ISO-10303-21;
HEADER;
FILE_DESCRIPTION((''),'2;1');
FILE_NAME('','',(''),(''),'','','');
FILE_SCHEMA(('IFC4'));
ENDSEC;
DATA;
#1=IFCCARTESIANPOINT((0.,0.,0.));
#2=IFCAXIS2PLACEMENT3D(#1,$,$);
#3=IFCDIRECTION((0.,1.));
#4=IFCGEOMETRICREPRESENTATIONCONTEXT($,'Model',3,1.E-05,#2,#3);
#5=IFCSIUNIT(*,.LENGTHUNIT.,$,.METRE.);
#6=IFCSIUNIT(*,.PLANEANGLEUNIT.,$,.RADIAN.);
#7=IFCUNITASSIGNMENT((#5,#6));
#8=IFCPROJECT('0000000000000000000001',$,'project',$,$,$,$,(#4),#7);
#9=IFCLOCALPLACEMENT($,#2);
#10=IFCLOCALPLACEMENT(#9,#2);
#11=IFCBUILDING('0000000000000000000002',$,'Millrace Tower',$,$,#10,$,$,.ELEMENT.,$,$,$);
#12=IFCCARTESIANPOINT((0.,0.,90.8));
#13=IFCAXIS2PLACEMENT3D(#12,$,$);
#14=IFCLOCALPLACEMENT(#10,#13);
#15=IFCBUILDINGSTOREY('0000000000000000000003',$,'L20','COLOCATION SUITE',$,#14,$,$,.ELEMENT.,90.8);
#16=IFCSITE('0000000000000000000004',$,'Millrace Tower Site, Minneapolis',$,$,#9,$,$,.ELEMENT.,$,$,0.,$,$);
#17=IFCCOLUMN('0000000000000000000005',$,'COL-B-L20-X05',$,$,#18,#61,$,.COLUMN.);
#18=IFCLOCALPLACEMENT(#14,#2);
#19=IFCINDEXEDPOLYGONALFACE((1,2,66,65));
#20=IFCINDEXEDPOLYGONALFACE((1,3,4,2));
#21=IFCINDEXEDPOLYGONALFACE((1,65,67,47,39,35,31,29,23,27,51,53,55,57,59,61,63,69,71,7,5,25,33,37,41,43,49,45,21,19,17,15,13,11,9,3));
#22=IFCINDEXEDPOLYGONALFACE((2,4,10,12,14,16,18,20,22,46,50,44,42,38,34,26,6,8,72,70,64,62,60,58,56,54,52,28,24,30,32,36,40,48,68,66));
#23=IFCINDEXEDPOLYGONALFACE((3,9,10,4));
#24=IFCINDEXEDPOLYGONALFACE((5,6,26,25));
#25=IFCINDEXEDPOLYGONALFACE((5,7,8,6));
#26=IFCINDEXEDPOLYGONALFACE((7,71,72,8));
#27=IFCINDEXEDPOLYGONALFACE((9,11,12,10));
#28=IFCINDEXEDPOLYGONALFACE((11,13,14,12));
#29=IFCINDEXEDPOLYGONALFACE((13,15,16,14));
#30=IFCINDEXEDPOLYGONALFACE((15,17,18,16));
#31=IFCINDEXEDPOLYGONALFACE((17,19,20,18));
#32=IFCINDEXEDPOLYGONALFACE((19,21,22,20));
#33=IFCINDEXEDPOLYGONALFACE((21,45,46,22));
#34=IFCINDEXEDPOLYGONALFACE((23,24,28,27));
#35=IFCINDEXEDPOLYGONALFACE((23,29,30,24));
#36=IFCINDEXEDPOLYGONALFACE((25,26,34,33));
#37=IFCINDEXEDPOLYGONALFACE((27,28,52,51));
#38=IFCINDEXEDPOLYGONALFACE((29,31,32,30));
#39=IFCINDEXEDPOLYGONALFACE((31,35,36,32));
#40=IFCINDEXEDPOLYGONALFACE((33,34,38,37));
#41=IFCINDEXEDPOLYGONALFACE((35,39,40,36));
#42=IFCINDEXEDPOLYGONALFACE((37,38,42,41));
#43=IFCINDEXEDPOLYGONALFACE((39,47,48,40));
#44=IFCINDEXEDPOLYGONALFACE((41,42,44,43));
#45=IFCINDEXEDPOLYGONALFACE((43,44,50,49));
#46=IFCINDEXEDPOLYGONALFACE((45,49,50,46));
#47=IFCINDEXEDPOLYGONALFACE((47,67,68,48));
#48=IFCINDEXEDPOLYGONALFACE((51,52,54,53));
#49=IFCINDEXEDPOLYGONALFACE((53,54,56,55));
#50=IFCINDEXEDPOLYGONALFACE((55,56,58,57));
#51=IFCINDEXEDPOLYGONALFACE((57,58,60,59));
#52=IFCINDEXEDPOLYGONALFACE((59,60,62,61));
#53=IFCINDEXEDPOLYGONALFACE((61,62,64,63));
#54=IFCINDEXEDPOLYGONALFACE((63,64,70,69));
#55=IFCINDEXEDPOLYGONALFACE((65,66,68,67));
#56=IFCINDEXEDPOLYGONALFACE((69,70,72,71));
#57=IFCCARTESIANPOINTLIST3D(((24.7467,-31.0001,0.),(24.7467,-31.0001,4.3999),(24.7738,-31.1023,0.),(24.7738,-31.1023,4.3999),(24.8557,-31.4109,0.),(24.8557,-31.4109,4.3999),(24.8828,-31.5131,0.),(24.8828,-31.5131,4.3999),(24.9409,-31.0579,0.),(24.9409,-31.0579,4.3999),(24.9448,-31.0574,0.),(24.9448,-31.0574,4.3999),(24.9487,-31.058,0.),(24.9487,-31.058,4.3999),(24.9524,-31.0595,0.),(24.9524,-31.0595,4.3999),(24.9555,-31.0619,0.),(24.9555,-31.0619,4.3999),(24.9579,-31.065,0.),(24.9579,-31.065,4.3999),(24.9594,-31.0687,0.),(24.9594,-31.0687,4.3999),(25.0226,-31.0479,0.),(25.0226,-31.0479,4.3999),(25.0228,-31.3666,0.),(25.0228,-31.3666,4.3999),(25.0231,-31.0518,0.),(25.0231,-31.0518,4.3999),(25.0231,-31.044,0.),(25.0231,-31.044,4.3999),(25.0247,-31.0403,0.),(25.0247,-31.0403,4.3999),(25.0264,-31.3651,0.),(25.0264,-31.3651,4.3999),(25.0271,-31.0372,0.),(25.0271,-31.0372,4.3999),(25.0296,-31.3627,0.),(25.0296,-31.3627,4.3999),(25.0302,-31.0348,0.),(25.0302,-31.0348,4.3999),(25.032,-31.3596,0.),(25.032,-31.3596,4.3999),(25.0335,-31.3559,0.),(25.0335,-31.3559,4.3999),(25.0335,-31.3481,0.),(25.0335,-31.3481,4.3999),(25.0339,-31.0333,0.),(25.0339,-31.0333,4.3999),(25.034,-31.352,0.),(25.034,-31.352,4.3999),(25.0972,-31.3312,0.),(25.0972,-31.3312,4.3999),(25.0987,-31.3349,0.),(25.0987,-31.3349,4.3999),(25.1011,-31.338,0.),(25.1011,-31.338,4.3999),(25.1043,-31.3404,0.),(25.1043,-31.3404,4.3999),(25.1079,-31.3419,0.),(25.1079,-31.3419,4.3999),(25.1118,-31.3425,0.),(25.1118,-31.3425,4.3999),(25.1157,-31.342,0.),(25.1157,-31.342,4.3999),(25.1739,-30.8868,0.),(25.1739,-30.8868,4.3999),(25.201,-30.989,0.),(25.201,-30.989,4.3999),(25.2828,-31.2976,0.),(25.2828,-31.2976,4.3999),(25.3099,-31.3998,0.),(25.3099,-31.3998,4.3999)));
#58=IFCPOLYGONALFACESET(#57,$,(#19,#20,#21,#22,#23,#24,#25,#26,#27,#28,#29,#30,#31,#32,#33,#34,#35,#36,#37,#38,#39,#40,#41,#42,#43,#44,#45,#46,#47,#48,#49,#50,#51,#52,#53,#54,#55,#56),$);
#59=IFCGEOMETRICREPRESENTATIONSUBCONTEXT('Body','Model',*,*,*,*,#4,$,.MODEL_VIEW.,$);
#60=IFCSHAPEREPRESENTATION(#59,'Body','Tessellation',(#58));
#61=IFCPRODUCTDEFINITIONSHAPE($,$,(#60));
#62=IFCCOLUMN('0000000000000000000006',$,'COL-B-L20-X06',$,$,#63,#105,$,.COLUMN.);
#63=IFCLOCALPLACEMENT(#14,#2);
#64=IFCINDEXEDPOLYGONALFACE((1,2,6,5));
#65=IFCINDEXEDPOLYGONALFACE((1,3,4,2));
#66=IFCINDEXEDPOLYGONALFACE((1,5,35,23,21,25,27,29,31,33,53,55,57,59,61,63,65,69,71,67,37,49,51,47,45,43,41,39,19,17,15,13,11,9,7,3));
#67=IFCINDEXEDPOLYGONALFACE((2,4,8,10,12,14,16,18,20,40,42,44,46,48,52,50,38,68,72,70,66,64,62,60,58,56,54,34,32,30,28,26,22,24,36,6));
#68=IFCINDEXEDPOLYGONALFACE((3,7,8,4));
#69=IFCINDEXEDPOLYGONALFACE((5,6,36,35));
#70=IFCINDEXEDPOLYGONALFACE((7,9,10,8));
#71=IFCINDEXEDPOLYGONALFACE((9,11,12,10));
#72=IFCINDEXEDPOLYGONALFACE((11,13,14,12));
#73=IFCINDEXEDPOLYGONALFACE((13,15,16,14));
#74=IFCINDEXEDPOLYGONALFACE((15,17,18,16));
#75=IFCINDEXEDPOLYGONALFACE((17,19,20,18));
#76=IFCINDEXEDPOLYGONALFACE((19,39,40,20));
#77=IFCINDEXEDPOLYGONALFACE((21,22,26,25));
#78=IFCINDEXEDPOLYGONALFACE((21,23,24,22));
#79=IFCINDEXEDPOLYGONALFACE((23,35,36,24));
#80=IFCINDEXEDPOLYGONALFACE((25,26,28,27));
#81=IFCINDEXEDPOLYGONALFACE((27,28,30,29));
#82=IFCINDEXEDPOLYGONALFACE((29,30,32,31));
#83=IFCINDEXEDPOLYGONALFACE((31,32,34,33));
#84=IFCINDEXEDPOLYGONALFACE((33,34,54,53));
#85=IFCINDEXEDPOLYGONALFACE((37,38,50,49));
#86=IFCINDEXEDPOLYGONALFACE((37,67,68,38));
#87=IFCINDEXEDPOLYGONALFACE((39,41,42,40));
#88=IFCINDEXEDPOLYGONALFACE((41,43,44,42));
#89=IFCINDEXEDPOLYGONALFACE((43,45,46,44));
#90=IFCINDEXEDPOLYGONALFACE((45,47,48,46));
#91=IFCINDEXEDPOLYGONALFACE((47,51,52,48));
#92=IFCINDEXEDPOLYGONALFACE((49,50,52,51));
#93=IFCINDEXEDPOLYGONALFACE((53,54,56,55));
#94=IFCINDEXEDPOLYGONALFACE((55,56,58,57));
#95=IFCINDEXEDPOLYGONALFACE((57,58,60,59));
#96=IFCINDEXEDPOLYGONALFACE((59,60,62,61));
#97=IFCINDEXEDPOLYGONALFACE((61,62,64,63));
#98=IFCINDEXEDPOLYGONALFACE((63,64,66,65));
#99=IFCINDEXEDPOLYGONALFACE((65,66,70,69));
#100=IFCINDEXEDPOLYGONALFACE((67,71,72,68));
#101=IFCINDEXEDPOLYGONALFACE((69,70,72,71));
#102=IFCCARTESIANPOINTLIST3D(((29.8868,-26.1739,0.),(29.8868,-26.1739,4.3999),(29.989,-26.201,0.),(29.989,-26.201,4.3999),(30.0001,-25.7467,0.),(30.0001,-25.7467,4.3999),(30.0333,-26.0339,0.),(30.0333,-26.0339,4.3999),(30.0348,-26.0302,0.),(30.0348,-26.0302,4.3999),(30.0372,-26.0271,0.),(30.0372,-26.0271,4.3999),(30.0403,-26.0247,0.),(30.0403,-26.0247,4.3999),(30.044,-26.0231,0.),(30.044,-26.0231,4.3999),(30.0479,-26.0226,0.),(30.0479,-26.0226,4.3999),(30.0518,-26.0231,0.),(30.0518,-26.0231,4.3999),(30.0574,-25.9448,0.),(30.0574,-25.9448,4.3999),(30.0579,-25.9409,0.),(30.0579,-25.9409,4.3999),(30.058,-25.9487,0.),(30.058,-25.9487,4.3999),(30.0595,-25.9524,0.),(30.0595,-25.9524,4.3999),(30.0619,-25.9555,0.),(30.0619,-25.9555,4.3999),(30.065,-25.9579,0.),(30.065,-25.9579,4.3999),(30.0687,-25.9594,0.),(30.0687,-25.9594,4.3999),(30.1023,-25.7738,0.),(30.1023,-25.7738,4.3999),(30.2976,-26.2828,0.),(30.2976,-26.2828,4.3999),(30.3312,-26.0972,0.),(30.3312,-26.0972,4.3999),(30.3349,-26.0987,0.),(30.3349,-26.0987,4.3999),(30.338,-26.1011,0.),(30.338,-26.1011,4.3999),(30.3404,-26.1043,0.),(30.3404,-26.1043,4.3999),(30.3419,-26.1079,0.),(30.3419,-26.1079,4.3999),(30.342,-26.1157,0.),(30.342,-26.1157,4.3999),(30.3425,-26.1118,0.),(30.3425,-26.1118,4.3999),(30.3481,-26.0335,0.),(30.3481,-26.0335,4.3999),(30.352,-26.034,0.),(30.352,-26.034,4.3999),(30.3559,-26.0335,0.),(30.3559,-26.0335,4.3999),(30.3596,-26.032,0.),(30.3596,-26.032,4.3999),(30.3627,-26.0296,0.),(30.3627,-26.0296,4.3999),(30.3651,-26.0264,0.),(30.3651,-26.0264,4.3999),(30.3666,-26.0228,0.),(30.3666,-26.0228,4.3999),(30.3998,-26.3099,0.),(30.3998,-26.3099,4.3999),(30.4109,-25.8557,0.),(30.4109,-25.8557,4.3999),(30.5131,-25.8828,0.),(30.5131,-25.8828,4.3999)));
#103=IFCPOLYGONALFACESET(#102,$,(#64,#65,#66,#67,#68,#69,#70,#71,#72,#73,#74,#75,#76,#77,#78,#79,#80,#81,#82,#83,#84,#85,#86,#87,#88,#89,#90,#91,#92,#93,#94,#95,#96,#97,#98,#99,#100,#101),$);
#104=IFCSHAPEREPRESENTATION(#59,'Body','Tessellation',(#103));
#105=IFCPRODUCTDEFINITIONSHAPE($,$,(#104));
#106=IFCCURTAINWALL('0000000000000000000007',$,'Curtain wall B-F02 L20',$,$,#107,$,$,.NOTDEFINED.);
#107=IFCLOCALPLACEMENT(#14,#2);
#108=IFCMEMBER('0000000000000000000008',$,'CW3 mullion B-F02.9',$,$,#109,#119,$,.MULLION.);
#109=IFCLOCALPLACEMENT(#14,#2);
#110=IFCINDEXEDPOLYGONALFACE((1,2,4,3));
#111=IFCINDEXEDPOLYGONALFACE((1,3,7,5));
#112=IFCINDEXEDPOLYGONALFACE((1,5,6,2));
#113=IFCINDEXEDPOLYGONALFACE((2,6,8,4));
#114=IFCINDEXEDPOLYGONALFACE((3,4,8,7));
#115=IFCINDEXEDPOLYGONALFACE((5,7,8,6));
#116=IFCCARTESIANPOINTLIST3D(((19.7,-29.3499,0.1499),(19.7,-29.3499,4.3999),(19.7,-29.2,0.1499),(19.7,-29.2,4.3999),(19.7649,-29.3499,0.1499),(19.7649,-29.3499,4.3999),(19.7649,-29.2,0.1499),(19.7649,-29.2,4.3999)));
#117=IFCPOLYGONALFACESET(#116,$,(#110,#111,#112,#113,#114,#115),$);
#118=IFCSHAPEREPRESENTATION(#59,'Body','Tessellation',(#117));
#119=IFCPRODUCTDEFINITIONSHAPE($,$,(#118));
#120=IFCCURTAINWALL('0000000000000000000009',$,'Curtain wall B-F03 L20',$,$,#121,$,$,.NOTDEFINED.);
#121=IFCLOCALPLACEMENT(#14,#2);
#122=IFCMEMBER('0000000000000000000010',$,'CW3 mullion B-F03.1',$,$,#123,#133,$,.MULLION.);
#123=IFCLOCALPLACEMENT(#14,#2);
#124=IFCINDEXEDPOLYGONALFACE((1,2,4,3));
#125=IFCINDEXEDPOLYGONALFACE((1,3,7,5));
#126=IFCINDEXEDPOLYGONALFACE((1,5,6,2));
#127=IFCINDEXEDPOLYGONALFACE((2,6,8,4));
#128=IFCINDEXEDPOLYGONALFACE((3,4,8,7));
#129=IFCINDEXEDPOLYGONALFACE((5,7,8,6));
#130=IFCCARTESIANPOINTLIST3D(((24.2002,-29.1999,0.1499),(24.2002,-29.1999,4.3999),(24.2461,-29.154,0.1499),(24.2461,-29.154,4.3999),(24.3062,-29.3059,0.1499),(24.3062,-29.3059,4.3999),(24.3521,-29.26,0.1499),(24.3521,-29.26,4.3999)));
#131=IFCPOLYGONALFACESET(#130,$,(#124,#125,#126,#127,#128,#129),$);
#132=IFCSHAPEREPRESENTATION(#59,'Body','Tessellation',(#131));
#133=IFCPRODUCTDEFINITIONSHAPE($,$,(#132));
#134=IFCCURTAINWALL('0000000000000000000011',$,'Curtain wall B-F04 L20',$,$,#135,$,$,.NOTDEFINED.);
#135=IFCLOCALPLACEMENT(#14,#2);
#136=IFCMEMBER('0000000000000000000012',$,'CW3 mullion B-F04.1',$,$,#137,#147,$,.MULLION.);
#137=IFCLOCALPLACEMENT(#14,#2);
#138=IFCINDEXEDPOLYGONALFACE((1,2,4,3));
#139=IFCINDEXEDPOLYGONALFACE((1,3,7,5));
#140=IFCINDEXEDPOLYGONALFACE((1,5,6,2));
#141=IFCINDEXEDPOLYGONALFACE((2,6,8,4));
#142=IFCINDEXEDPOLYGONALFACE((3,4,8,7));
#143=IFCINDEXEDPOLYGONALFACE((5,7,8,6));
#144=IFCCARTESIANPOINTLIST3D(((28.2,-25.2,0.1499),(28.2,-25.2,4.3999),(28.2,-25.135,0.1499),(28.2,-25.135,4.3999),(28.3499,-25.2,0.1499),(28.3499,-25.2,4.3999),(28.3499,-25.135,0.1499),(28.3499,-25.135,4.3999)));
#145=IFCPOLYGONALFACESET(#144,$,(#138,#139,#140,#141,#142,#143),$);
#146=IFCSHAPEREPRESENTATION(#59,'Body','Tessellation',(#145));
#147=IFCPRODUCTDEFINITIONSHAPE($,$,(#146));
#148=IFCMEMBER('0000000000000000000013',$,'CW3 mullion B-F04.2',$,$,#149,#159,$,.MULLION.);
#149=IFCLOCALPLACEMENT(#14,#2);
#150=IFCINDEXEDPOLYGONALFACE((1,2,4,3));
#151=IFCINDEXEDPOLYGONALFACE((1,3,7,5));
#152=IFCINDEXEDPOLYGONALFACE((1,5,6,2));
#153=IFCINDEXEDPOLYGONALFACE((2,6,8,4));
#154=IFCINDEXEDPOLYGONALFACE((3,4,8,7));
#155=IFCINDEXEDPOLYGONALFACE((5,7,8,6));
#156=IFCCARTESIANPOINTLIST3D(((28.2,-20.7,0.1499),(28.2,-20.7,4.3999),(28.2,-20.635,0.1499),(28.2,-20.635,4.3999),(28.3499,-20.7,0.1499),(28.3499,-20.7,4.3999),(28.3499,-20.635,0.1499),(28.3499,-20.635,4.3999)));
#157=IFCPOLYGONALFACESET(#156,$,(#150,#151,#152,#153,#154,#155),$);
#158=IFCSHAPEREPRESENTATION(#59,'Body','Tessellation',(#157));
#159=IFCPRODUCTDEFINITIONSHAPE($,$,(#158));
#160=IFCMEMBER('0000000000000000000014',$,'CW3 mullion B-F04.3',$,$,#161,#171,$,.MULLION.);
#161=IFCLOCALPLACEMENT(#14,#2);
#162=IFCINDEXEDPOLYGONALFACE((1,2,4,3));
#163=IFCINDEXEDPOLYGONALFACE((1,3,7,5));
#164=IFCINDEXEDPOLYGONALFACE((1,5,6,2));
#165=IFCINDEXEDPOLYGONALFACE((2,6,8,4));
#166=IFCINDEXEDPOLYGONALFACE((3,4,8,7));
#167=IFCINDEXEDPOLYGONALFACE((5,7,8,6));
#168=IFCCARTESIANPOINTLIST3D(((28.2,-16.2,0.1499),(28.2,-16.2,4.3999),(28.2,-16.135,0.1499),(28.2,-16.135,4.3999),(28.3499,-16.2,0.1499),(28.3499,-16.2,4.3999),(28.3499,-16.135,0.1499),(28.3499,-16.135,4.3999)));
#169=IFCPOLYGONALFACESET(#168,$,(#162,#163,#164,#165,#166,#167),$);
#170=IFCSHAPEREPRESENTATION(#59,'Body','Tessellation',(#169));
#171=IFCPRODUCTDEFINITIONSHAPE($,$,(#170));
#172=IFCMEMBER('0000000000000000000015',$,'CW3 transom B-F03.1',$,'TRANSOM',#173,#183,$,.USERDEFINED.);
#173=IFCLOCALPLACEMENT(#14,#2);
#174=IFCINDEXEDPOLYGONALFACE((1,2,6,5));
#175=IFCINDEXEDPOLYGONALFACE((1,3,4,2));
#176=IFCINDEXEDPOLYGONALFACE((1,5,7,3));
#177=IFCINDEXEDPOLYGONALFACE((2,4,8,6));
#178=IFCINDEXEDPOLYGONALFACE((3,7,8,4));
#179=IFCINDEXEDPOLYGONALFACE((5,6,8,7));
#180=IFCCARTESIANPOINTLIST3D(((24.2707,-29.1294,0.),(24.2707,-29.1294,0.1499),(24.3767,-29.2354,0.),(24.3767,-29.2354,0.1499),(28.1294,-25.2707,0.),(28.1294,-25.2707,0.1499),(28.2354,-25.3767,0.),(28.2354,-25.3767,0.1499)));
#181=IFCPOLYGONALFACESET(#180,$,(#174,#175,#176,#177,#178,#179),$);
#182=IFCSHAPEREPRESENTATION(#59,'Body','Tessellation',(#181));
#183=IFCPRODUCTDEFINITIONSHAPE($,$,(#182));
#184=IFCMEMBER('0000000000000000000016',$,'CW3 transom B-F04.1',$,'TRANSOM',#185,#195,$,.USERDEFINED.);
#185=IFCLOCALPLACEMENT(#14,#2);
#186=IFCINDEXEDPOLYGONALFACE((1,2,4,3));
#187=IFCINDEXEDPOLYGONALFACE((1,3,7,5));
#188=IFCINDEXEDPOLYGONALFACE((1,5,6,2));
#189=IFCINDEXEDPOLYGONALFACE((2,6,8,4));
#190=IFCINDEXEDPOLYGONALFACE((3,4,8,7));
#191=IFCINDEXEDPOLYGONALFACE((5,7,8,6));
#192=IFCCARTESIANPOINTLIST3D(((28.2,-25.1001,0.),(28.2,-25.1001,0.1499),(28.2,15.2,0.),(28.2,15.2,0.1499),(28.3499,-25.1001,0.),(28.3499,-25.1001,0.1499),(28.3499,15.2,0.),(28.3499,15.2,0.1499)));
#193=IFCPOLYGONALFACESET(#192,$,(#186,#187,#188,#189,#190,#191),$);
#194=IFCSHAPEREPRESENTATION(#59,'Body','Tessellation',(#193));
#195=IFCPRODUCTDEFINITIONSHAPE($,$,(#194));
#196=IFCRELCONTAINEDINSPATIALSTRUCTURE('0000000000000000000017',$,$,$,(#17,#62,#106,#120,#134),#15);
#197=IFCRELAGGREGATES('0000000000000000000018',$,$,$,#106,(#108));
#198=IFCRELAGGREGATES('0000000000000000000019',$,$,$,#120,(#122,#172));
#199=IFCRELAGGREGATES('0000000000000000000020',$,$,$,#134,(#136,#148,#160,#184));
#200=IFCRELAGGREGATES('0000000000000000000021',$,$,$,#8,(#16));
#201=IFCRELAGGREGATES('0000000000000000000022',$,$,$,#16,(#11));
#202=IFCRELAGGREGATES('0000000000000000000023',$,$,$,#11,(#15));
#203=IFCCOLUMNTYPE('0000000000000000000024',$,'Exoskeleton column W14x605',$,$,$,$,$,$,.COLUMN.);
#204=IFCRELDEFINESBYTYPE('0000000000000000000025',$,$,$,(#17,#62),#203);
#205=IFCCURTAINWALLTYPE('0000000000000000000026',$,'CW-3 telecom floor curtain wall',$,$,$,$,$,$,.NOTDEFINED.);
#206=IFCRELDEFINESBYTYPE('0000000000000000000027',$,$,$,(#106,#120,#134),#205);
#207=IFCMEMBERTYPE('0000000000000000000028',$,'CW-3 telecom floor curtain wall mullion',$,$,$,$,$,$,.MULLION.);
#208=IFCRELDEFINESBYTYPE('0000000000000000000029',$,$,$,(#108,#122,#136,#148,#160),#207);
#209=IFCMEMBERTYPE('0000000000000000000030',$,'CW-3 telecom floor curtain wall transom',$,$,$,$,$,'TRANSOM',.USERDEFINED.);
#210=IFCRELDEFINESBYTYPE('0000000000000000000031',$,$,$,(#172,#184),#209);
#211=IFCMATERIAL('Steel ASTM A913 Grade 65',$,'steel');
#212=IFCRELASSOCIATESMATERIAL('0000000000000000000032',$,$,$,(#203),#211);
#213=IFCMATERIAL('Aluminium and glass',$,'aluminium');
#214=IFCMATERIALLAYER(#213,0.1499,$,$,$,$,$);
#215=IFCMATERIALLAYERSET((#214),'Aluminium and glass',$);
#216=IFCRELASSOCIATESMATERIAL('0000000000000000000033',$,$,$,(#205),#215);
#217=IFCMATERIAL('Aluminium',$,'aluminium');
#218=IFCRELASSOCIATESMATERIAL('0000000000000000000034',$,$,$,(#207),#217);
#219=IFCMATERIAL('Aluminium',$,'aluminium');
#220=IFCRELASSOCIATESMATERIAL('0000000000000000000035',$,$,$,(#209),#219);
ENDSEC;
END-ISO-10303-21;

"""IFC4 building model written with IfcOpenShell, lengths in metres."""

from ifc_helpers import new_model, si_unit, direction, frame, origin, origin_2d, place, context, subcontext, project, spatial, rectangle, i_section, extrude, material, layer, layer_set, material_profile, profile_set, type_object, element, aggregate, save


model = new_model("IFC4")

# Units and contexts
model_context = context("Model", 3, precision=1e-05, world=origin(), true_north=direction((0.0, 1.0)))
body_context = subcontext(model_context, "Body", "Model", "MODEL_VIEW")
ifc_project = project(units=[si_unit("LENGTHUNIT", "METRE"), si_unit("PLANEANGLEUNIT", "RADIAN")], contexts=[model_context])

# Site, building, storey
site_placement = place(None, origin())
site = spatial("IfcSite", under=ifc_project, at=site_placement, Name="Millrace Tower Site, Minneapolis", CompositionType="ELEMENT", RefElevation=0.0)
building_placement = place(site_placement, origin())
building = spatial("IfcBuilding", under=site, at=building_placement, Name="Millrace Tower", CompositionType="ELEMENT")
storey_placement = place(building_placement, frame((0.0, 0.0, 90.8)))
storey = spatial("IfcBuildingStorey", under=building, at=storey_placement, Name="L20", Description="COLOCATION SUITE", CompositionType="ELEMENT", Elevation=90.8)

# Columns
ifc_material_1 = material(Name="Steel ASTM A913 Grade 65", Category="steel")
ifc_material_profile_1 = material_profile(ifc_material_1, i_section(OverallWidth=0.4419, OverallDepth=0.5308, WebThickness=0.0659, FlangeThickness=0.1057, FilletRadius=0.0151, at=origin_2d()))
ifc_profile_set_1 = profile_set([ifc_material_profile_1], Name="Steel ASTM A913 Grade 65")
column_type = type_object("IfcColumnType", Name="Exoskeleton column W14x605", PredefinedType="COLUMN", material=ifc_profile_set_1)
for number, where, z_axis, x_axis, name in (
    (1, (25.0283, -31.2, 0.0), (0.0, 0.0, 1.0), (0.966585, 0.256347, 0.0), "COL-B-L20-X05"),
    (2, (30.2, -26.0283, 0.0), (0.0, 0.0, 1.0), (0.256347, 0.966585, 0.0), "COL-B-L20-X06"),
):
    element("IfcColumn", number, at=place(storey_placement, frame(where, z_axis=z_axis, x_axis=x_axis)), inside=storey, type_object=column_type, Name=name, PredefinedType="COLUMN", context=body_context, shape_type="SweptSolid", body=[
        extrude(i_section(OverallWidth=0.4419, OverallDepth=0.5308, WebThickness=0.0659, FlangeThickness=0.1057, FilletRadius=0.0151, at=origin_2d()), origin(), (0.0, 0.0, 1.0), 4.3999),
    ])

# Curtain walls, members
ifc_material_2 = material(Name="Aluminium and glass", Category="aluminium")
ifc_layer_1 = layer(ifc_material_2, 0.1499)
ifc_layer_set_1 = layer_set([ifc_layer_1], Name="Aluminium and glass")
curtain_wall_type = type_object("IfcCurtainWallType", Name="CW-3 telecom floor curtain wall", PredefinedType="NOTDEFINED", material=ifc_layer_set_1)
placement = place(storey_placement, origin())
curtain_wall_1 = element("IfcCurtainWall", 3, at=placement, inside=storey, type_object=curtain_wall_type, Name="Curtain wall B-F02 L20", PredefinedType="NOTDEFINED")
ifc_material_3 = material(Name="Aluminium", Category="aluminium")
ifc_material_profile_2 = material_profile(ifc_material_3, rectangle(XDim=0.0649, YDim=0.1499, at=origin_2d()))
ifc_profile_set_2 = profile_set([ifc_material_profile_2], Name="Aluminium")
member_type_1 = type_object("IfcMemberType", Name="CW-3 telecom floor curtain wall mullion", PredefinedType="MULLION", material=ifc_profile_set_2)
member_1_placement = place(storey_placement, frame((19.7324, -29.2749, 0.1499), z_axis=(0.0, 0.0, 1.0), x_axis=(1.0, 0.0, 0.0)))
member_1 = element("IfcMember", 4, at=member_1_placement, type_object=member_type_1, Name="CW3 mullion B-F02.9", PredefinedType="MULLION", context=body_context, shape_type="SweptSolid", body=[
    extrude(rectangle(XDim=0.0649, YDim=0.1499, at=origin_2d()), origin(), (0.0, 0.0, 1.0), 4.25),
])
aggregate(curtain_wall_1, [member_1])
curtain_wall_2 = element("IfcCurtainWall", 5, at=placement, inside=storey, type_object=curtain_wall_type, Name="Curtain wall B-F03 L20", PredefinedType="NOTDEFINED")
member_2_placement = place(storey_placement, frame((24.2761, -29.23, 0.1499), z_axis=(0.0, 0.0, 1.0), x_axis=(0.707107, 0.707107, 0.0)))
member_2 = element("IfcMember", 6, at=member_2_placement, type_object=member_type_1, Name="CW3 mullion B-F03.1", PredefinedType="MULLION", context=body_context, shape_type="SweptSolid", body=[
    extrude(rectangle(XDim=0.0649, YDim=0.1499, at=origin_2d()), origin(), (0.0, 0.0, 1.0), 4.25),
])

# Curtain wall, members
curtain_wall_3 = element("IfcCurtainWall", 7, at=placement, inside=storey, type_object=curtain_wall_type, Name="Curtain wall B-F04 L20", PredefinedType="NOTDEFINED")
member_3_placement = place(storey_placement, frame((28.2749, -25.1675, 0.1499), z_axis=(0.0, 0.0, 1.0), x_axis=(0.0, 1.0, 0.0)))
member_3 = element("IfcMember", 8, at=member_3_placement, type_object=member_type_1, Name="CW3 mullion B-F04.1", PredefinedType="MULLION", context=body_context, shape_type="SweptSolid", body=[
    extrude(rectangle(XDim=0.0649, YDim=0.1499, at=origin_2d()), origin(), (0.0, 0.0, 1.0), 4.25),
])
member_4_placement = place(storey_placement, frame((28.2749, -20.6675, 0.1499), z_axis=(0.0, 0.0, 1.0), x_axis=(0.0, 1.0, 0.0)))
member_4 = element("IfcMember", 9, at=member_4_placement, type_object=member_type_1, Name="CW3 mullion B-F04.2", PredefinedType="MULLION", context=body_context, shape_type="SweptSolid", body=[
    extrude(rectangle(XDim=0.0649, YDim=0.1499, at=origin_2d()), origin(), (0.0, 0.0, 1.0), 4.25),
])
member_5_placement = place(storey_placement, frame((28.2749, -16.1675, 0.1499), z_axis=(0.0, 0.0, 1.0), x_axis=(0.0, 1.0, 0.0)))
member_5 = element("IfcMember", 10, at=member_5_placement, type_object=member_type_1, Name="CW3 mullion B-F04.3", PredefinedType="MULLION", context=body_context, shape_type="SweptSolid", body=[
    extrude(rectangle(XDim=0.0649, YDim=0.1499, at=origin_2d()), origin(), (0.0, 0.0, 1.0), 4.25),
])

# Members
ifc_material_4 = material(Name="Aluminium", Category="aluminium")
ifc_material_profile_3 = material_profile(ifc_material_4, rectangle(XDim=0.1499, YDim=0.1499, at=origin_2d()))
ifc_profile_set_3 = profile_set([ifc_material_profile_3], Name="Aluminium")
member_type_2 = type_object("IfcMemberType", Name="CW-3 telecom floor curtain wall transom", ElementType="TRANSOM", PredefinedType="USERDEFINED", material=ifc_profile_set_3)
member_6_placement = place(storey_placement, frame((24.3237, -29.1824, 0.075), z_axis=(0.707107, 0.707107, 0.0), x_axis=(-0.707107, 0.707107, 0.0)))
member_6 = element("IfcMember", 11, at=member_6_placement, type_object=member_type_2, Name="CW3 transom B-F03.1", ObjectType="TRANSOM", PredefinedType="USERDEFINED", context=body_context, shape_type="SweptSolid", body=[
    extrude(rectangle(XDim=0.1499, YDim=0.1499, at=origin_2d()), origin(), (0.0, 0.0, 1.0), 5.457),
])
aggregate(curtain_wall_2, [member_2, member_6])
member_7_placement = place(storey_placement, frame((28.2749, -25.1001, 0.075), z_axis=(0.0, 1.0, 0.0), x_axis=(-1.0, 0.0, 0.0)))
member_7 = element("IfcMember", 12, at=member_7_placement, type_object=member_type_2, Name="CW3 transom B-F04.1", ObjectType="TRANSOM", PredefinedType="USERDEFINED", context=body_context, shape_type="SweptSolid", body=[
    extrude(rectangle(XDim=0.1499, YDim=0.1499, at=origin_2d()), origin(), (0.0, 0.0, 1.0), 40.3),
])
aggregate(curtain_wall_3, [member_3, member_4, member_5, member_7])

save(model, "model.ifc")
